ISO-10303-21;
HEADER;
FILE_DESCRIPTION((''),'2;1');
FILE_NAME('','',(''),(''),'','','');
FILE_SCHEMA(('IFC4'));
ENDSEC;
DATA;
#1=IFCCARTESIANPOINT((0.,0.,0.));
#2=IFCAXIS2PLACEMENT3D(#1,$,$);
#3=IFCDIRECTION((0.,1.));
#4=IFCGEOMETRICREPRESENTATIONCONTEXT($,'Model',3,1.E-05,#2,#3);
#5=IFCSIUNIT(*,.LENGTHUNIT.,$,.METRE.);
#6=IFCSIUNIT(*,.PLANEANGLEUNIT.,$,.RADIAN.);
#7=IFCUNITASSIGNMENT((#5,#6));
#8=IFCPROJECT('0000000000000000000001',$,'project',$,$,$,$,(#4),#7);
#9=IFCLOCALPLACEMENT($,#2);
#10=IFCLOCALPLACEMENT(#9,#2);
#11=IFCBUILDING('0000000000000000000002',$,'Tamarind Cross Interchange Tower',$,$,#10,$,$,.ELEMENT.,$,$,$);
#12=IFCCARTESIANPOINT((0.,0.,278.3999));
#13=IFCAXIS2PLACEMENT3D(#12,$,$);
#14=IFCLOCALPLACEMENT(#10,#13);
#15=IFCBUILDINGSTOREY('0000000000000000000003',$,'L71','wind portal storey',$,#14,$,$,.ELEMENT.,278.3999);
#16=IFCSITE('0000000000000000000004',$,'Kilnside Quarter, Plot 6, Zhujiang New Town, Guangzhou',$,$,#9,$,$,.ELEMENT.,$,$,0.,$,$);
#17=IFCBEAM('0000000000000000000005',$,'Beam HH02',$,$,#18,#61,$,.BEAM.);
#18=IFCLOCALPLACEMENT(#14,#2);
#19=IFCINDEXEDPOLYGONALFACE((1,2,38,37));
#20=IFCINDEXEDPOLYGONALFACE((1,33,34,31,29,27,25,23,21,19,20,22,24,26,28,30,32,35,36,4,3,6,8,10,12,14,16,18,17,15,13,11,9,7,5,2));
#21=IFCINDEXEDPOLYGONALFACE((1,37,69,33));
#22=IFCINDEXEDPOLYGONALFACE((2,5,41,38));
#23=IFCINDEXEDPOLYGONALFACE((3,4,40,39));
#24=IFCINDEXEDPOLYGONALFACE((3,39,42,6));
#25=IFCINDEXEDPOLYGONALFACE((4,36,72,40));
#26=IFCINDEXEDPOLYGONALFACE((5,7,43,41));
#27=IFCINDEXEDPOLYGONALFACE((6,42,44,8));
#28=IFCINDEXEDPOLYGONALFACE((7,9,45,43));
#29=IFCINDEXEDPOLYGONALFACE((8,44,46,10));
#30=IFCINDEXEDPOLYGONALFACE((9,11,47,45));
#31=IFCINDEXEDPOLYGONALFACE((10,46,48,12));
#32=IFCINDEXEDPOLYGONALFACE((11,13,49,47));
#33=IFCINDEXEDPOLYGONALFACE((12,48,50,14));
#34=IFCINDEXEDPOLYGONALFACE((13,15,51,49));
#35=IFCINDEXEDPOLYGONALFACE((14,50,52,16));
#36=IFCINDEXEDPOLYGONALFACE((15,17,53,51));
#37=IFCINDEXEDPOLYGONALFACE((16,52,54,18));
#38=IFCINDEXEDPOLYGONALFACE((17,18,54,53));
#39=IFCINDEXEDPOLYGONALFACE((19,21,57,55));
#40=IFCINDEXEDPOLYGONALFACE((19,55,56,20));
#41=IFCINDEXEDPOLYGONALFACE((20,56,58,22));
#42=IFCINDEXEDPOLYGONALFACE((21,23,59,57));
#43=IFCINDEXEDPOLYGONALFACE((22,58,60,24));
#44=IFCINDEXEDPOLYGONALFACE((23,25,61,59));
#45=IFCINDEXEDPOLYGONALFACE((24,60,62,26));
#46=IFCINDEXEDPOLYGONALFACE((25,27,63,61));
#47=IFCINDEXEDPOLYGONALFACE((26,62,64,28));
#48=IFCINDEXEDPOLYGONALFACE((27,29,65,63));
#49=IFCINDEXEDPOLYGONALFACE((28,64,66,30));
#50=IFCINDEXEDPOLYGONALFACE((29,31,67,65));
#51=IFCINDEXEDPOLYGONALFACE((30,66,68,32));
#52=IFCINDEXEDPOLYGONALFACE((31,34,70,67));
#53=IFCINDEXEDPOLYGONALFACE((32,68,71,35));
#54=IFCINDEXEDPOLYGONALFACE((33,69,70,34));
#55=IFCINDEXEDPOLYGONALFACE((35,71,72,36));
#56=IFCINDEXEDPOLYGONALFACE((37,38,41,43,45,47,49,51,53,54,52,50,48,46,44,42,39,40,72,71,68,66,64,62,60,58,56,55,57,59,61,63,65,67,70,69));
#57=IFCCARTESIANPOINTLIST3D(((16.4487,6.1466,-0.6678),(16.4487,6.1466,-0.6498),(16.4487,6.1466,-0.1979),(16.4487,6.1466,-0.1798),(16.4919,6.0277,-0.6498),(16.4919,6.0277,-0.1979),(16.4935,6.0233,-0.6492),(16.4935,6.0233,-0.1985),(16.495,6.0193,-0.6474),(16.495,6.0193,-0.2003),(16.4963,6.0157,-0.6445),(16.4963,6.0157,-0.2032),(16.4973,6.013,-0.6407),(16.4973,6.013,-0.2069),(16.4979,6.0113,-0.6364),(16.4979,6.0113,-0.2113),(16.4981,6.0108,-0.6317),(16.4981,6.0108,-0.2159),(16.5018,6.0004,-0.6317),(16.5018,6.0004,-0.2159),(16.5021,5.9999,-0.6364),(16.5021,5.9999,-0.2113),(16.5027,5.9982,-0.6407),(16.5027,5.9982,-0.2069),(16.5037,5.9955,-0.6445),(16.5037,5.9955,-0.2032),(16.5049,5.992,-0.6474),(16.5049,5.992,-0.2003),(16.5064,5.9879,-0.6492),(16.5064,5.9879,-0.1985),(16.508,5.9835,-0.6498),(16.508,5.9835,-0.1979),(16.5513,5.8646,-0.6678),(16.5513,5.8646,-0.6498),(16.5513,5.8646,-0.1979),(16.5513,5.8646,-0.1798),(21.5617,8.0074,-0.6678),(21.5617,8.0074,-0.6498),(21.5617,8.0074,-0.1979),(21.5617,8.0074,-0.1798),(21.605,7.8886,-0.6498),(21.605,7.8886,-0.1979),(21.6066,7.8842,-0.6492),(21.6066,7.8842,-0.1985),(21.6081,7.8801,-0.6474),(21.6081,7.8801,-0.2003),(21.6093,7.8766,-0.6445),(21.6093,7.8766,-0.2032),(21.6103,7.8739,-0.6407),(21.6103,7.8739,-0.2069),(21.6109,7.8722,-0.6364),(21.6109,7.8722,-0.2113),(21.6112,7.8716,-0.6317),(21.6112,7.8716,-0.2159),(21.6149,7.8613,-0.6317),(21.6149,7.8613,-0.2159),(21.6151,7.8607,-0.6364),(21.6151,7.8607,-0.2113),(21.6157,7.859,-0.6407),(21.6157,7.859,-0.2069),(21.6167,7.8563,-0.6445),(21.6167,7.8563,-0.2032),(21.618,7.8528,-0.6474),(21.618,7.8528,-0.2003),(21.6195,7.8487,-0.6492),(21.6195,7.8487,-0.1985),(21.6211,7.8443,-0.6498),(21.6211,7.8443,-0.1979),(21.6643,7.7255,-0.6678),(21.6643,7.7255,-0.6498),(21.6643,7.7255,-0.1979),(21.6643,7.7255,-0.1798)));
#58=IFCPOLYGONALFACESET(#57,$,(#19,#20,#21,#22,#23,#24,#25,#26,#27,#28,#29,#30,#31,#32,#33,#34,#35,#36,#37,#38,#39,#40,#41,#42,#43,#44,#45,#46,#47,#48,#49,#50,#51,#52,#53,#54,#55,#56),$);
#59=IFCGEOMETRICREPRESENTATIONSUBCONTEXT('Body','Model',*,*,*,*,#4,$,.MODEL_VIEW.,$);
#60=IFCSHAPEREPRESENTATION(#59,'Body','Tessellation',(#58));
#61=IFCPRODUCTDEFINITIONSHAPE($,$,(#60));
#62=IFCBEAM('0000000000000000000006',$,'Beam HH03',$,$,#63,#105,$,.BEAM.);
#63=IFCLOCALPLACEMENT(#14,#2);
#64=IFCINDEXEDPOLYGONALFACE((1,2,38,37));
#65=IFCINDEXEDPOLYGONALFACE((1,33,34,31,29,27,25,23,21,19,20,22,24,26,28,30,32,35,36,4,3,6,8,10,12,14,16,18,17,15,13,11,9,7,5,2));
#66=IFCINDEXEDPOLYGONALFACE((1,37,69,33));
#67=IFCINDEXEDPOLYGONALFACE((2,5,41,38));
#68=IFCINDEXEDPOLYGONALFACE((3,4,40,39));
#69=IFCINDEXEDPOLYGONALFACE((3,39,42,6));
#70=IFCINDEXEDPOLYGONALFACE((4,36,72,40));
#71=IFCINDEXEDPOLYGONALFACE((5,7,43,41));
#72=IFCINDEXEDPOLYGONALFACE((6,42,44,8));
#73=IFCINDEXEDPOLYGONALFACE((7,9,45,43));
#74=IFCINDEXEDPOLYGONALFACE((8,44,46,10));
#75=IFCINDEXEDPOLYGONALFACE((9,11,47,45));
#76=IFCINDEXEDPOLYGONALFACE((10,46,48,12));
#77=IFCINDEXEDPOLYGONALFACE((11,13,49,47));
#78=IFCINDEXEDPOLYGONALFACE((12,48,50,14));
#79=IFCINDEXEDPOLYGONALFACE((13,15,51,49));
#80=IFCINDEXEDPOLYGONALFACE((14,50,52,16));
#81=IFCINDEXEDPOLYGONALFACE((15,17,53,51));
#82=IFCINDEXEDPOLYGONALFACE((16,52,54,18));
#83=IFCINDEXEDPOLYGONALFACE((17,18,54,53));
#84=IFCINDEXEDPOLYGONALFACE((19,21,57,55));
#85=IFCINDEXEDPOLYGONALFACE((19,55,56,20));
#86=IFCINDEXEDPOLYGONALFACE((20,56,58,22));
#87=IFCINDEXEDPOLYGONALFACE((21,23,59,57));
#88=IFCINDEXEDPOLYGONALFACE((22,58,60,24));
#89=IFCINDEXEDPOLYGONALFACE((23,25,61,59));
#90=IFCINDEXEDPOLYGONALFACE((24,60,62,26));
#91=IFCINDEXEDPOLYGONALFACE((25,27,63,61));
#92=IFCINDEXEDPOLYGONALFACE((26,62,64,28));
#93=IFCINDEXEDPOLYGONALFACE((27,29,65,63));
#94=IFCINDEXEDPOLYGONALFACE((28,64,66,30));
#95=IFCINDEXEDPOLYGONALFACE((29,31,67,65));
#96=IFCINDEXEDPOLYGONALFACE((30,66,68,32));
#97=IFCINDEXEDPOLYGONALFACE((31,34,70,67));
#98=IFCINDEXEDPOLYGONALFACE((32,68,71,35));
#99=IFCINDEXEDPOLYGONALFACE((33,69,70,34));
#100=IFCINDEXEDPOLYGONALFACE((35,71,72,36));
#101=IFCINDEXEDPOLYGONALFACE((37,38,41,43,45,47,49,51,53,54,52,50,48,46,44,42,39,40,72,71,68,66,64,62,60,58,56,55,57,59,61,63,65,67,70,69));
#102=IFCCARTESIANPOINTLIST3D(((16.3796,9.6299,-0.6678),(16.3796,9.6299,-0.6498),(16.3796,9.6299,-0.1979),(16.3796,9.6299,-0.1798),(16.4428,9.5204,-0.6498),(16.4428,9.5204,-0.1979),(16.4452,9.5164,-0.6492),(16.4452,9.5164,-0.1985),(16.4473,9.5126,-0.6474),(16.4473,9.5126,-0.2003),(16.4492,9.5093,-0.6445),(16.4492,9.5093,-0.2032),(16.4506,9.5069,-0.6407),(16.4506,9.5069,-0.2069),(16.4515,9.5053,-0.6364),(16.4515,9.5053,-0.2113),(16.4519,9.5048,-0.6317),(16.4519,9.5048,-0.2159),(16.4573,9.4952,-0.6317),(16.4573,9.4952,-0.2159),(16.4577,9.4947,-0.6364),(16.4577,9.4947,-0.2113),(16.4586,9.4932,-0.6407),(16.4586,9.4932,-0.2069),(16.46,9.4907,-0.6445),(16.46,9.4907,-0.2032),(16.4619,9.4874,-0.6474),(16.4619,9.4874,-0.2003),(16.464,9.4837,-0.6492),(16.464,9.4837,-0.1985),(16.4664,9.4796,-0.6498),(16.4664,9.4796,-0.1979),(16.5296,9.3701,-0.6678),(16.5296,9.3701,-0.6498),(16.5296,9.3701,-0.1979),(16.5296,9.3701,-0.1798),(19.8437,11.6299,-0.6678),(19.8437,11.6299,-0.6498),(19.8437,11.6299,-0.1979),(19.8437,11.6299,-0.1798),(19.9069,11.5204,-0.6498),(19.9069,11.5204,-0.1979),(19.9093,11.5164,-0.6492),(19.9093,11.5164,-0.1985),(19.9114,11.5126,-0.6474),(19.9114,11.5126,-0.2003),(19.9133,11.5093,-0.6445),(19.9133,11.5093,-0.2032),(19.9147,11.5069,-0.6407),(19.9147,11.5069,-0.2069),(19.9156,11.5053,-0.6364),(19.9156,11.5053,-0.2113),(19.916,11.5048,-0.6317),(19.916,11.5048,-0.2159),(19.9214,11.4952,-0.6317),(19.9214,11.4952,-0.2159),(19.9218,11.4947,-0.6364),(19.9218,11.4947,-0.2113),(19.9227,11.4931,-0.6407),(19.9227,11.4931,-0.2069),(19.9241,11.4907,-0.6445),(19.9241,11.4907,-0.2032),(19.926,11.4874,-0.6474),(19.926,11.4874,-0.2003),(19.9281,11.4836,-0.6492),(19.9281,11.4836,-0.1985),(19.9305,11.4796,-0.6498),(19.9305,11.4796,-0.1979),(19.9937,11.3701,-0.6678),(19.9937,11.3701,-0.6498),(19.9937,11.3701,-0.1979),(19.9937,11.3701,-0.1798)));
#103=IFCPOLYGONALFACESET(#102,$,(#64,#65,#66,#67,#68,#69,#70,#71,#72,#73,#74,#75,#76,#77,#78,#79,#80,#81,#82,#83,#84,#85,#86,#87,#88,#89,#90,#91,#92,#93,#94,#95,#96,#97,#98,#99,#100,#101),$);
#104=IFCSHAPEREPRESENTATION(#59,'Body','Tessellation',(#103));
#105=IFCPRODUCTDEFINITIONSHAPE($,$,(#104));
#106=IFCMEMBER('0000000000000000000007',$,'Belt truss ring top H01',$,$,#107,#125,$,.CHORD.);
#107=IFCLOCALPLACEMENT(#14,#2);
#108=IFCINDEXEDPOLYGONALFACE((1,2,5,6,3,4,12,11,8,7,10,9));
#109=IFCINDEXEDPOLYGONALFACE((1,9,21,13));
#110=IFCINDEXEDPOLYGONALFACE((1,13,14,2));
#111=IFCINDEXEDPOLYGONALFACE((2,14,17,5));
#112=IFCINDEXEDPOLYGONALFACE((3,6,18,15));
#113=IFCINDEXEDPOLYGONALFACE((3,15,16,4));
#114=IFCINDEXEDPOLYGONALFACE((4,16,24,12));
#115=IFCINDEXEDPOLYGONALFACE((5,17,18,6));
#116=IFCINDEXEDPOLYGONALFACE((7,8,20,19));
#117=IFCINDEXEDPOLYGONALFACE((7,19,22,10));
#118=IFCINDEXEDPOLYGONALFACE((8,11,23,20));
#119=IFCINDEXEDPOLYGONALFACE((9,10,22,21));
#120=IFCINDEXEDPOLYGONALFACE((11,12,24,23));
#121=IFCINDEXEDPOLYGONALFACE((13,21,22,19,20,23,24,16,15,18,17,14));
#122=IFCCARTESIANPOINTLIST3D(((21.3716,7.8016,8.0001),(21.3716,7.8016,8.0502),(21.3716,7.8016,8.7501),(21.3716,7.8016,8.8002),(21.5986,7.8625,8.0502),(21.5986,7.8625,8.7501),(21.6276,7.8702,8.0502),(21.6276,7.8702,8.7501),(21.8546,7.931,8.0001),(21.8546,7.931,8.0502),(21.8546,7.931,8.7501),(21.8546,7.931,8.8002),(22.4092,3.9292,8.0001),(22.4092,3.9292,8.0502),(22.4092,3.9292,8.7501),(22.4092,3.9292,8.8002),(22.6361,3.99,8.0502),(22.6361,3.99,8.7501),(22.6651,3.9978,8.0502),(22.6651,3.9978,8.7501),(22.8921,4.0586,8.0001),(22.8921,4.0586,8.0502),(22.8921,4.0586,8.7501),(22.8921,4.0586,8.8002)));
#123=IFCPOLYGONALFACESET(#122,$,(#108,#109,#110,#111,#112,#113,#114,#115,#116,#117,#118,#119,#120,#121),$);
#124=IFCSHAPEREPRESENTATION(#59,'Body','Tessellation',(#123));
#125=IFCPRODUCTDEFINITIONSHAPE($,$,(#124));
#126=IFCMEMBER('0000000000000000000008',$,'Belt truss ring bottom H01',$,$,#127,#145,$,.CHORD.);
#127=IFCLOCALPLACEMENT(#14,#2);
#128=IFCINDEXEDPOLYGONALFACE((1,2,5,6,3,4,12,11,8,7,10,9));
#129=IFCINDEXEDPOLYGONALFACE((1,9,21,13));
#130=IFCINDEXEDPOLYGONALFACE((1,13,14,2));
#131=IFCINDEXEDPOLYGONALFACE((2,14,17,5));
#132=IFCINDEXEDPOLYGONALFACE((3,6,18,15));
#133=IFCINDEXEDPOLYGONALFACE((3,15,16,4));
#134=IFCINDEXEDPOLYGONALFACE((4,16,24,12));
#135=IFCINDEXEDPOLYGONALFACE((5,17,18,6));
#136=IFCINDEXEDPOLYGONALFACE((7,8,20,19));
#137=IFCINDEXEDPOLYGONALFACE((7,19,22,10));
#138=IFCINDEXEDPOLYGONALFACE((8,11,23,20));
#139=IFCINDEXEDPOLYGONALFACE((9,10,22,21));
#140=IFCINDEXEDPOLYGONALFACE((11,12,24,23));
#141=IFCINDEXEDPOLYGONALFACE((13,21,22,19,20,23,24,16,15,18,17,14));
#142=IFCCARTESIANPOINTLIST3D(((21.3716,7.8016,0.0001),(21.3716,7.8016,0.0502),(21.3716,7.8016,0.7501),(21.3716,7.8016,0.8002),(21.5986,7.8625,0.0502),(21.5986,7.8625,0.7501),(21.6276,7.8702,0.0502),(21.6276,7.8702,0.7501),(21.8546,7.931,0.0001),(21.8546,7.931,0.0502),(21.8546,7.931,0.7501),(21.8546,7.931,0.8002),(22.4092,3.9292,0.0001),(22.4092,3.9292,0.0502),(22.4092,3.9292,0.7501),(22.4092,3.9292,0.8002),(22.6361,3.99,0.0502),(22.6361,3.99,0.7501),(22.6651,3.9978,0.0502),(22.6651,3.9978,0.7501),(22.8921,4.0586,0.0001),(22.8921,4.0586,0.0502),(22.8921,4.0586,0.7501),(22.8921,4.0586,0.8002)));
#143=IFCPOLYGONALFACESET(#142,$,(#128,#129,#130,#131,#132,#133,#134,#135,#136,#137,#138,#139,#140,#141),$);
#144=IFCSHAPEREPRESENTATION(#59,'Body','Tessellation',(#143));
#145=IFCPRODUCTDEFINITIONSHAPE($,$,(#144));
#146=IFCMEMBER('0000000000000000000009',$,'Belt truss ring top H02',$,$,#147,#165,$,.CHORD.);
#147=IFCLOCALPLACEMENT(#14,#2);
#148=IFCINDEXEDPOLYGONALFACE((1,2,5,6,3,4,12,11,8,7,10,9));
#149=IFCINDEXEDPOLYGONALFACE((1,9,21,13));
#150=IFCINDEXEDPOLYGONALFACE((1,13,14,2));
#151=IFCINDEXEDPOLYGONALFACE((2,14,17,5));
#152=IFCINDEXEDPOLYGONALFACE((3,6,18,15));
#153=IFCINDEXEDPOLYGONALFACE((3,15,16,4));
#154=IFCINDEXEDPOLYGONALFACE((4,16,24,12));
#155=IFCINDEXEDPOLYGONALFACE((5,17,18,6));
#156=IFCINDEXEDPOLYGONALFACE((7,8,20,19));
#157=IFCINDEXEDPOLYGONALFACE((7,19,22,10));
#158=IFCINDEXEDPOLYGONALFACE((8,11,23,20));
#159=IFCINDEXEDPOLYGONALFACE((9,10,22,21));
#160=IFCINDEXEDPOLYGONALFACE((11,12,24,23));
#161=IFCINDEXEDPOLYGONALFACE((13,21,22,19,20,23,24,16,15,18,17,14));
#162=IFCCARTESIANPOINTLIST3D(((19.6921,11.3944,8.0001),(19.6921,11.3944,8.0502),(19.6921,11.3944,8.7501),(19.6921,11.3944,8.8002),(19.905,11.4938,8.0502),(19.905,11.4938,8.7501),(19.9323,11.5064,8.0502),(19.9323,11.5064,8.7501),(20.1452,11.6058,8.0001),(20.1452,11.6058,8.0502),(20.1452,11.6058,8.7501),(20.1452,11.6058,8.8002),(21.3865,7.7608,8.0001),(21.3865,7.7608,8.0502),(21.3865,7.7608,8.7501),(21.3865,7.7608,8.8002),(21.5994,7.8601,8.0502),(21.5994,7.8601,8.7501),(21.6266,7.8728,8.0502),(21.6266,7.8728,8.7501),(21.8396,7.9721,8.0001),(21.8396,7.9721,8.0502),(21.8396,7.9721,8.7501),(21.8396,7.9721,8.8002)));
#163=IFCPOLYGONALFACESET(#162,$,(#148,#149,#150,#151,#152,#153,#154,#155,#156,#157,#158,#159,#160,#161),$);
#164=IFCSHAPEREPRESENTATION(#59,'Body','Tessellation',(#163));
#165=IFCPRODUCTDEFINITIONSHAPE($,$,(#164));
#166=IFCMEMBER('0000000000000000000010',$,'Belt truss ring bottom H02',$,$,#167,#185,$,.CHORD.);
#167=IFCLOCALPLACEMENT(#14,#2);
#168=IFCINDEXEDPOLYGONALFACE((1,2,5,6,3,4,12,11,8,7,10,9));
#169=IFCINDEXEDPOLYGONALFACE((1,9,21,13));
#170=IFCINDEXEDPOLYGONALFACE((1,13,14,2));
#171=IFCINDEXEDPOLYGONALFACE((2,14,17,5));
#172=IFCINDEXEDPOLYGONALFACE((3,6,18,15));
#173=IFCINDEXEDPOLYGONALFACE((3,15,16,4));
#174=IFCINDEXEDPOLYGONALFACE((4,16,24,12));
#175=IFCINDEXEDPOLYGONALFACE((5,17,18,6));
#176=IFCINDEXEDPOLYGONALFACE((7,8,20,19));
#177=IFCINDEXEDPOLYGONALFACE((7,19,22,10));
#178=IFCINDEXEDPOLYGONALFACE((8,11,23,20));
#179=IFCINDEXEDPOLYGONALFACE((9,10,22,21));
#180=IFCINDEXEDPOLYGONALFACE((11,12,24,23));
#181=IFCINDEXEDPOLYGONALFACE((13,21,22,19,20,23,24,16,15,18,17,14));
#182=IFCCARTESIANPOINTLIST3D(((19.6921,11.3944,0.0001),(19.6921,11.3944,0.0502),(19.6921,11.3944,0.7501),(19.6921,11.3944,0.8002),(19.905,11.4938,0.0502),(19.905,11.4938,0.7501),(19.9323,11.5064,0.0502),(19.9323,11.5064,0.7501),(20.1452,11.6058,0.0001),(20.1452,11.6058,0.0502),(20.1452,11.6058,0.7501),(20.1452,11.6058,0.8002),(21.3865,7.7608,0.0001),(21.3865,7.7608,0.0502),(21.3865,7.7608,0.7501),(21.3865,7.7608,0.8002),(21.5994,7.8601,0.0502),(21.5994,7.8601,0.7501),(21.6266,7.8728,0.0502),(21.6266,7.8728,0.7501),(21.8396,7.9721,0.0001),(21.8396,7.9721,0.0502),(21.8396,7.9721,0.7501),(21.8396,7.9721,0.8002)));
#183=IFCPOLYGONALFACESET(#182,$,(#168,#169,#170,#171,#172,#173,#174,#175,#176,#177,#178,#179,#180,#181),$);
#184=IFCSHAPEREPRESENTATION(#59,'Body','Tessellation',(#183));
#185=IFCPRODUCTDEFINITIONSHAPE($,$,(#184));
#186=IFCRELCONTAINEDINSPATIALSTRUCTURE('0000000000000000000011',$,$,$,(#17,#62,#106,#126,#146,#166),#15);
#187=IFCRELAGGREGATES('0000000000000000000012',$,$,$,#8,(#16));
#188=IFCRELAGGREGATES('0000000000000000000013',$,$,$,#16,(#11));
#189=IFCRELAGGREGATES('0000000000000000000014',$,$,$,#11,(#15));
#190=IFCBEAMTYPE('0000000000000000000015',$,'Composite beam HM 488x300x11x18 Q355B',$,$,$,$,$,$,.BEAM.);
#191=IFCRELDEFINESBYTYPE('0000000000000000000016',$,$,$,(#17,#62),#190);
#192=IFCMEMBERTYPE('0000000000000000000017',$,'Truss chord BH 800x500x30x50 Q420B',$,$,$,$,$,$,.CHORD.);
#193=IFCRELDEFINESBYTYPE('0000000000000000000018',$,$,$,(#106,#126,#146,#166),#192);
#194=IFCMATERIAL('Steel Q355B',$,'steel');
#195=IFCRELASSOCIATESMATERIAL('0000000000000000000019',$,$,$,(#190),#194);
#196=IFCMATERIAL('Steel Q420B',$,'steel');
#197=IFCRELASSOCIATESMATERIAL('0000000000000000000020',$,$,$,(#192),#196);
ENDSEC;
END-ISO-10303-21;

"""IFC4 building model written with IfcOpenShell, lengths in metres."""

from ifc_helpers import new_model, si_unit, direction, frame, origin, origin_2d, place, context, subcontext, project, spatial, i_section, extrude, material, material_profile, profile_set, type_object, element, save


model = new_model("IFC4")

# Units and contexts
model_context = context("Model", 3, precision=1e-05, world=origin(), true_north=direction((0.0, 1.0)))
body_context = subcontext(model_context, "Body", "Model", "MODEL_VIEW")
ifc_project = project(units=[si_unit("LENGTHUNIT", "METRE"), si_unit("PLANEANGLEUNIT", "RADIAN")], contexts=[model_context])

# Site, building, storey
site_placement = place(None, origin())
site = spatial("IfcSite", under=ifc_project, at=site_placement, Name="Kilnside Quarter, Plot 6, Zhujiang New Town, Guangzhou", CompositionType="ELEMENT", RefElevation=0.0)
building_placement = place(site_placement, origin())
building = spatial("IfcBuilding", under=site, at=building_placement, Name="Tamarind Cross Interchange Tower", CompositionType="ELEMENT")
storey_placement = place(building_placement, frame((0.0, 0.0, 278.3999)))
storey = spatial("IfcBuildingStorey", under=building, at=storey_placement, Name="L71", Description="wind portal storey", CompositionType="ELEMENT", Elevation=278.3999)

# Beams
ifc_material_1 = material(Name="Steel Q355B", Category="steel")
ifc_material_profile_1 = material_profile(ifc_material_1, i_section(OverallWidth=0.3, OverallDepth=0.488, WebThickness=0.011, FlangeThickness=0.0181, FilletRadius=0.0181, at=origin_2d()), Name="HM 488x300x11x18")
ifc_profile_set_1 = profile_set([ifc_material_profile_1], Name="Steel Q355B")
beam_type = type_object("IfcBeamType", Name="Composite beam HM 488x300x11x18 Q355B", PredefinedType="BEAM", material=ifc_profile_set_1)
beam_1_placement = place(storey_placement, frame((21.613, 7.8665, -0.4238), z_axis=(-0.939702, -0.341995, 0.0), x_axis=(0.341995, -0.939702, 0.0)))
element("IfcBeam", 1, at=beam_1_placement, inside=storey, type_object=beam_type, Name="Beam HH02", PredefinedType="BEAM", context=body_context, shape_type="SweptSolid", body=[
    extrude(i_section(OverallWidth=0.3, OverallDepth=0.488, WebThickness=0.011, FlangeThickness=0.0181, FilletRadius=0.0181, at=origin_2d()), origin(), (0.0, 0.0, 1.0), 5.4412),
])
beam_2_placement = place(storey_placement, frame((19.9187, 11.5, -0.4238), z_axis=(-0.866026, -0.499999, 0.0), x_axis=(0.499999, -0.866026, 0.0)))
element("IfcBeam", 2, at=beam_2_placement, inside=storey, type_object=beam_type, Name="Beam HH03", PredefinedType="BEAM", context=body_context, shape_type="SweptSolid", body=[
    extrude(i_section(OverallWidth=0.3, OverallDepth=0.488, WebThickness=0.011, FlangeThickness=0.0181, FilletRadius=0.0181, at=origin_2d()), origin(), (0.0, 0.0, 1.0), 4.0),
])

# Members
ifc_material_2 = material(Name="Steel Q420B", Category="steel")
ifc_material_profile_2 = material_profile(ifc_material_2, i_section(OverallWidth=0.5, OverallDepth=0.8, WebThickness=0.03, FlangeThickness=0.05, at=origin_2d()), Name="BH 800x500x30x50")
ifc_profile_set_2 = profile_set([ifc_material_profile_2], Name="Steel Q420B")
member_type_1 = type_object("IfcMemberType", Name="Truss chord BH 800x500x30x50 Q420B", PredefinedType="CHORD", material=ifc_profile_set_2)
for number, where, z_axis, x_axis, name in (
    (3, (22.6506, 3.9939, 8.4001), (-0.258807, 0.965929, 0.0), (-0.965929, -0.258807, 0.0), "Belt truss ring top H01"),
    (4, (22.6506, 3.9939, 0.4001), (-0.258807, 0.965929, 0.0), (-0.965929, -0.258807, 0.0), "Belt truss ring bottom H01"),
):
    element("IfcMember", number, at=place(storey_placement, frame(where, z_axis=z_axis, x_axis=x_axis)), inside=storey, type_object=member_type_1, Name=name, PredefinedType="CHORD", context=body_context, shape_type="SweptSolid", body=[
        extrude(i_section(OverallWidth=0.5, OverallDepth=0.8, WebThickness=0.03, FlangeThickness=0.05, at=origin_2d()), origin(), (0.0, 0.0, 1.0), 4.009),
    ])
for number, where, z_axis, x_axis, name in (
    (5, (21.613, 7.8665, 8.4001), (-0.422615, 0.906309, 0.0), (-0.906309, -0.422615, 0.0), "Belt truss ring top H02"),
    (6, (21.613, 7.8665, 0.4001), (-0.422615, 0.906309, 0.0), (-0.906309, -0.422615, 0.0), "Belt truss ring bottom H02"),
):
    element("IfcMember", number, at=place(storey_placement, frame(where, z_axis=z_axis, x_axis=x_axis)), inside=storey, type_object=member_type_1, Name=name, PredefinedType="CHORD", context=body_context, shape_type="SweptSolid", body=[
        extrude(i_section(OverallWidth=0.5, OverallDepth=0.8, WebThickness=0.03, FlangeThickness=0.05, at=origin_2d()), origin(), (0.0, 0.0, 1.0), 4.0093),
    ])

save(model, "model.ifc")
